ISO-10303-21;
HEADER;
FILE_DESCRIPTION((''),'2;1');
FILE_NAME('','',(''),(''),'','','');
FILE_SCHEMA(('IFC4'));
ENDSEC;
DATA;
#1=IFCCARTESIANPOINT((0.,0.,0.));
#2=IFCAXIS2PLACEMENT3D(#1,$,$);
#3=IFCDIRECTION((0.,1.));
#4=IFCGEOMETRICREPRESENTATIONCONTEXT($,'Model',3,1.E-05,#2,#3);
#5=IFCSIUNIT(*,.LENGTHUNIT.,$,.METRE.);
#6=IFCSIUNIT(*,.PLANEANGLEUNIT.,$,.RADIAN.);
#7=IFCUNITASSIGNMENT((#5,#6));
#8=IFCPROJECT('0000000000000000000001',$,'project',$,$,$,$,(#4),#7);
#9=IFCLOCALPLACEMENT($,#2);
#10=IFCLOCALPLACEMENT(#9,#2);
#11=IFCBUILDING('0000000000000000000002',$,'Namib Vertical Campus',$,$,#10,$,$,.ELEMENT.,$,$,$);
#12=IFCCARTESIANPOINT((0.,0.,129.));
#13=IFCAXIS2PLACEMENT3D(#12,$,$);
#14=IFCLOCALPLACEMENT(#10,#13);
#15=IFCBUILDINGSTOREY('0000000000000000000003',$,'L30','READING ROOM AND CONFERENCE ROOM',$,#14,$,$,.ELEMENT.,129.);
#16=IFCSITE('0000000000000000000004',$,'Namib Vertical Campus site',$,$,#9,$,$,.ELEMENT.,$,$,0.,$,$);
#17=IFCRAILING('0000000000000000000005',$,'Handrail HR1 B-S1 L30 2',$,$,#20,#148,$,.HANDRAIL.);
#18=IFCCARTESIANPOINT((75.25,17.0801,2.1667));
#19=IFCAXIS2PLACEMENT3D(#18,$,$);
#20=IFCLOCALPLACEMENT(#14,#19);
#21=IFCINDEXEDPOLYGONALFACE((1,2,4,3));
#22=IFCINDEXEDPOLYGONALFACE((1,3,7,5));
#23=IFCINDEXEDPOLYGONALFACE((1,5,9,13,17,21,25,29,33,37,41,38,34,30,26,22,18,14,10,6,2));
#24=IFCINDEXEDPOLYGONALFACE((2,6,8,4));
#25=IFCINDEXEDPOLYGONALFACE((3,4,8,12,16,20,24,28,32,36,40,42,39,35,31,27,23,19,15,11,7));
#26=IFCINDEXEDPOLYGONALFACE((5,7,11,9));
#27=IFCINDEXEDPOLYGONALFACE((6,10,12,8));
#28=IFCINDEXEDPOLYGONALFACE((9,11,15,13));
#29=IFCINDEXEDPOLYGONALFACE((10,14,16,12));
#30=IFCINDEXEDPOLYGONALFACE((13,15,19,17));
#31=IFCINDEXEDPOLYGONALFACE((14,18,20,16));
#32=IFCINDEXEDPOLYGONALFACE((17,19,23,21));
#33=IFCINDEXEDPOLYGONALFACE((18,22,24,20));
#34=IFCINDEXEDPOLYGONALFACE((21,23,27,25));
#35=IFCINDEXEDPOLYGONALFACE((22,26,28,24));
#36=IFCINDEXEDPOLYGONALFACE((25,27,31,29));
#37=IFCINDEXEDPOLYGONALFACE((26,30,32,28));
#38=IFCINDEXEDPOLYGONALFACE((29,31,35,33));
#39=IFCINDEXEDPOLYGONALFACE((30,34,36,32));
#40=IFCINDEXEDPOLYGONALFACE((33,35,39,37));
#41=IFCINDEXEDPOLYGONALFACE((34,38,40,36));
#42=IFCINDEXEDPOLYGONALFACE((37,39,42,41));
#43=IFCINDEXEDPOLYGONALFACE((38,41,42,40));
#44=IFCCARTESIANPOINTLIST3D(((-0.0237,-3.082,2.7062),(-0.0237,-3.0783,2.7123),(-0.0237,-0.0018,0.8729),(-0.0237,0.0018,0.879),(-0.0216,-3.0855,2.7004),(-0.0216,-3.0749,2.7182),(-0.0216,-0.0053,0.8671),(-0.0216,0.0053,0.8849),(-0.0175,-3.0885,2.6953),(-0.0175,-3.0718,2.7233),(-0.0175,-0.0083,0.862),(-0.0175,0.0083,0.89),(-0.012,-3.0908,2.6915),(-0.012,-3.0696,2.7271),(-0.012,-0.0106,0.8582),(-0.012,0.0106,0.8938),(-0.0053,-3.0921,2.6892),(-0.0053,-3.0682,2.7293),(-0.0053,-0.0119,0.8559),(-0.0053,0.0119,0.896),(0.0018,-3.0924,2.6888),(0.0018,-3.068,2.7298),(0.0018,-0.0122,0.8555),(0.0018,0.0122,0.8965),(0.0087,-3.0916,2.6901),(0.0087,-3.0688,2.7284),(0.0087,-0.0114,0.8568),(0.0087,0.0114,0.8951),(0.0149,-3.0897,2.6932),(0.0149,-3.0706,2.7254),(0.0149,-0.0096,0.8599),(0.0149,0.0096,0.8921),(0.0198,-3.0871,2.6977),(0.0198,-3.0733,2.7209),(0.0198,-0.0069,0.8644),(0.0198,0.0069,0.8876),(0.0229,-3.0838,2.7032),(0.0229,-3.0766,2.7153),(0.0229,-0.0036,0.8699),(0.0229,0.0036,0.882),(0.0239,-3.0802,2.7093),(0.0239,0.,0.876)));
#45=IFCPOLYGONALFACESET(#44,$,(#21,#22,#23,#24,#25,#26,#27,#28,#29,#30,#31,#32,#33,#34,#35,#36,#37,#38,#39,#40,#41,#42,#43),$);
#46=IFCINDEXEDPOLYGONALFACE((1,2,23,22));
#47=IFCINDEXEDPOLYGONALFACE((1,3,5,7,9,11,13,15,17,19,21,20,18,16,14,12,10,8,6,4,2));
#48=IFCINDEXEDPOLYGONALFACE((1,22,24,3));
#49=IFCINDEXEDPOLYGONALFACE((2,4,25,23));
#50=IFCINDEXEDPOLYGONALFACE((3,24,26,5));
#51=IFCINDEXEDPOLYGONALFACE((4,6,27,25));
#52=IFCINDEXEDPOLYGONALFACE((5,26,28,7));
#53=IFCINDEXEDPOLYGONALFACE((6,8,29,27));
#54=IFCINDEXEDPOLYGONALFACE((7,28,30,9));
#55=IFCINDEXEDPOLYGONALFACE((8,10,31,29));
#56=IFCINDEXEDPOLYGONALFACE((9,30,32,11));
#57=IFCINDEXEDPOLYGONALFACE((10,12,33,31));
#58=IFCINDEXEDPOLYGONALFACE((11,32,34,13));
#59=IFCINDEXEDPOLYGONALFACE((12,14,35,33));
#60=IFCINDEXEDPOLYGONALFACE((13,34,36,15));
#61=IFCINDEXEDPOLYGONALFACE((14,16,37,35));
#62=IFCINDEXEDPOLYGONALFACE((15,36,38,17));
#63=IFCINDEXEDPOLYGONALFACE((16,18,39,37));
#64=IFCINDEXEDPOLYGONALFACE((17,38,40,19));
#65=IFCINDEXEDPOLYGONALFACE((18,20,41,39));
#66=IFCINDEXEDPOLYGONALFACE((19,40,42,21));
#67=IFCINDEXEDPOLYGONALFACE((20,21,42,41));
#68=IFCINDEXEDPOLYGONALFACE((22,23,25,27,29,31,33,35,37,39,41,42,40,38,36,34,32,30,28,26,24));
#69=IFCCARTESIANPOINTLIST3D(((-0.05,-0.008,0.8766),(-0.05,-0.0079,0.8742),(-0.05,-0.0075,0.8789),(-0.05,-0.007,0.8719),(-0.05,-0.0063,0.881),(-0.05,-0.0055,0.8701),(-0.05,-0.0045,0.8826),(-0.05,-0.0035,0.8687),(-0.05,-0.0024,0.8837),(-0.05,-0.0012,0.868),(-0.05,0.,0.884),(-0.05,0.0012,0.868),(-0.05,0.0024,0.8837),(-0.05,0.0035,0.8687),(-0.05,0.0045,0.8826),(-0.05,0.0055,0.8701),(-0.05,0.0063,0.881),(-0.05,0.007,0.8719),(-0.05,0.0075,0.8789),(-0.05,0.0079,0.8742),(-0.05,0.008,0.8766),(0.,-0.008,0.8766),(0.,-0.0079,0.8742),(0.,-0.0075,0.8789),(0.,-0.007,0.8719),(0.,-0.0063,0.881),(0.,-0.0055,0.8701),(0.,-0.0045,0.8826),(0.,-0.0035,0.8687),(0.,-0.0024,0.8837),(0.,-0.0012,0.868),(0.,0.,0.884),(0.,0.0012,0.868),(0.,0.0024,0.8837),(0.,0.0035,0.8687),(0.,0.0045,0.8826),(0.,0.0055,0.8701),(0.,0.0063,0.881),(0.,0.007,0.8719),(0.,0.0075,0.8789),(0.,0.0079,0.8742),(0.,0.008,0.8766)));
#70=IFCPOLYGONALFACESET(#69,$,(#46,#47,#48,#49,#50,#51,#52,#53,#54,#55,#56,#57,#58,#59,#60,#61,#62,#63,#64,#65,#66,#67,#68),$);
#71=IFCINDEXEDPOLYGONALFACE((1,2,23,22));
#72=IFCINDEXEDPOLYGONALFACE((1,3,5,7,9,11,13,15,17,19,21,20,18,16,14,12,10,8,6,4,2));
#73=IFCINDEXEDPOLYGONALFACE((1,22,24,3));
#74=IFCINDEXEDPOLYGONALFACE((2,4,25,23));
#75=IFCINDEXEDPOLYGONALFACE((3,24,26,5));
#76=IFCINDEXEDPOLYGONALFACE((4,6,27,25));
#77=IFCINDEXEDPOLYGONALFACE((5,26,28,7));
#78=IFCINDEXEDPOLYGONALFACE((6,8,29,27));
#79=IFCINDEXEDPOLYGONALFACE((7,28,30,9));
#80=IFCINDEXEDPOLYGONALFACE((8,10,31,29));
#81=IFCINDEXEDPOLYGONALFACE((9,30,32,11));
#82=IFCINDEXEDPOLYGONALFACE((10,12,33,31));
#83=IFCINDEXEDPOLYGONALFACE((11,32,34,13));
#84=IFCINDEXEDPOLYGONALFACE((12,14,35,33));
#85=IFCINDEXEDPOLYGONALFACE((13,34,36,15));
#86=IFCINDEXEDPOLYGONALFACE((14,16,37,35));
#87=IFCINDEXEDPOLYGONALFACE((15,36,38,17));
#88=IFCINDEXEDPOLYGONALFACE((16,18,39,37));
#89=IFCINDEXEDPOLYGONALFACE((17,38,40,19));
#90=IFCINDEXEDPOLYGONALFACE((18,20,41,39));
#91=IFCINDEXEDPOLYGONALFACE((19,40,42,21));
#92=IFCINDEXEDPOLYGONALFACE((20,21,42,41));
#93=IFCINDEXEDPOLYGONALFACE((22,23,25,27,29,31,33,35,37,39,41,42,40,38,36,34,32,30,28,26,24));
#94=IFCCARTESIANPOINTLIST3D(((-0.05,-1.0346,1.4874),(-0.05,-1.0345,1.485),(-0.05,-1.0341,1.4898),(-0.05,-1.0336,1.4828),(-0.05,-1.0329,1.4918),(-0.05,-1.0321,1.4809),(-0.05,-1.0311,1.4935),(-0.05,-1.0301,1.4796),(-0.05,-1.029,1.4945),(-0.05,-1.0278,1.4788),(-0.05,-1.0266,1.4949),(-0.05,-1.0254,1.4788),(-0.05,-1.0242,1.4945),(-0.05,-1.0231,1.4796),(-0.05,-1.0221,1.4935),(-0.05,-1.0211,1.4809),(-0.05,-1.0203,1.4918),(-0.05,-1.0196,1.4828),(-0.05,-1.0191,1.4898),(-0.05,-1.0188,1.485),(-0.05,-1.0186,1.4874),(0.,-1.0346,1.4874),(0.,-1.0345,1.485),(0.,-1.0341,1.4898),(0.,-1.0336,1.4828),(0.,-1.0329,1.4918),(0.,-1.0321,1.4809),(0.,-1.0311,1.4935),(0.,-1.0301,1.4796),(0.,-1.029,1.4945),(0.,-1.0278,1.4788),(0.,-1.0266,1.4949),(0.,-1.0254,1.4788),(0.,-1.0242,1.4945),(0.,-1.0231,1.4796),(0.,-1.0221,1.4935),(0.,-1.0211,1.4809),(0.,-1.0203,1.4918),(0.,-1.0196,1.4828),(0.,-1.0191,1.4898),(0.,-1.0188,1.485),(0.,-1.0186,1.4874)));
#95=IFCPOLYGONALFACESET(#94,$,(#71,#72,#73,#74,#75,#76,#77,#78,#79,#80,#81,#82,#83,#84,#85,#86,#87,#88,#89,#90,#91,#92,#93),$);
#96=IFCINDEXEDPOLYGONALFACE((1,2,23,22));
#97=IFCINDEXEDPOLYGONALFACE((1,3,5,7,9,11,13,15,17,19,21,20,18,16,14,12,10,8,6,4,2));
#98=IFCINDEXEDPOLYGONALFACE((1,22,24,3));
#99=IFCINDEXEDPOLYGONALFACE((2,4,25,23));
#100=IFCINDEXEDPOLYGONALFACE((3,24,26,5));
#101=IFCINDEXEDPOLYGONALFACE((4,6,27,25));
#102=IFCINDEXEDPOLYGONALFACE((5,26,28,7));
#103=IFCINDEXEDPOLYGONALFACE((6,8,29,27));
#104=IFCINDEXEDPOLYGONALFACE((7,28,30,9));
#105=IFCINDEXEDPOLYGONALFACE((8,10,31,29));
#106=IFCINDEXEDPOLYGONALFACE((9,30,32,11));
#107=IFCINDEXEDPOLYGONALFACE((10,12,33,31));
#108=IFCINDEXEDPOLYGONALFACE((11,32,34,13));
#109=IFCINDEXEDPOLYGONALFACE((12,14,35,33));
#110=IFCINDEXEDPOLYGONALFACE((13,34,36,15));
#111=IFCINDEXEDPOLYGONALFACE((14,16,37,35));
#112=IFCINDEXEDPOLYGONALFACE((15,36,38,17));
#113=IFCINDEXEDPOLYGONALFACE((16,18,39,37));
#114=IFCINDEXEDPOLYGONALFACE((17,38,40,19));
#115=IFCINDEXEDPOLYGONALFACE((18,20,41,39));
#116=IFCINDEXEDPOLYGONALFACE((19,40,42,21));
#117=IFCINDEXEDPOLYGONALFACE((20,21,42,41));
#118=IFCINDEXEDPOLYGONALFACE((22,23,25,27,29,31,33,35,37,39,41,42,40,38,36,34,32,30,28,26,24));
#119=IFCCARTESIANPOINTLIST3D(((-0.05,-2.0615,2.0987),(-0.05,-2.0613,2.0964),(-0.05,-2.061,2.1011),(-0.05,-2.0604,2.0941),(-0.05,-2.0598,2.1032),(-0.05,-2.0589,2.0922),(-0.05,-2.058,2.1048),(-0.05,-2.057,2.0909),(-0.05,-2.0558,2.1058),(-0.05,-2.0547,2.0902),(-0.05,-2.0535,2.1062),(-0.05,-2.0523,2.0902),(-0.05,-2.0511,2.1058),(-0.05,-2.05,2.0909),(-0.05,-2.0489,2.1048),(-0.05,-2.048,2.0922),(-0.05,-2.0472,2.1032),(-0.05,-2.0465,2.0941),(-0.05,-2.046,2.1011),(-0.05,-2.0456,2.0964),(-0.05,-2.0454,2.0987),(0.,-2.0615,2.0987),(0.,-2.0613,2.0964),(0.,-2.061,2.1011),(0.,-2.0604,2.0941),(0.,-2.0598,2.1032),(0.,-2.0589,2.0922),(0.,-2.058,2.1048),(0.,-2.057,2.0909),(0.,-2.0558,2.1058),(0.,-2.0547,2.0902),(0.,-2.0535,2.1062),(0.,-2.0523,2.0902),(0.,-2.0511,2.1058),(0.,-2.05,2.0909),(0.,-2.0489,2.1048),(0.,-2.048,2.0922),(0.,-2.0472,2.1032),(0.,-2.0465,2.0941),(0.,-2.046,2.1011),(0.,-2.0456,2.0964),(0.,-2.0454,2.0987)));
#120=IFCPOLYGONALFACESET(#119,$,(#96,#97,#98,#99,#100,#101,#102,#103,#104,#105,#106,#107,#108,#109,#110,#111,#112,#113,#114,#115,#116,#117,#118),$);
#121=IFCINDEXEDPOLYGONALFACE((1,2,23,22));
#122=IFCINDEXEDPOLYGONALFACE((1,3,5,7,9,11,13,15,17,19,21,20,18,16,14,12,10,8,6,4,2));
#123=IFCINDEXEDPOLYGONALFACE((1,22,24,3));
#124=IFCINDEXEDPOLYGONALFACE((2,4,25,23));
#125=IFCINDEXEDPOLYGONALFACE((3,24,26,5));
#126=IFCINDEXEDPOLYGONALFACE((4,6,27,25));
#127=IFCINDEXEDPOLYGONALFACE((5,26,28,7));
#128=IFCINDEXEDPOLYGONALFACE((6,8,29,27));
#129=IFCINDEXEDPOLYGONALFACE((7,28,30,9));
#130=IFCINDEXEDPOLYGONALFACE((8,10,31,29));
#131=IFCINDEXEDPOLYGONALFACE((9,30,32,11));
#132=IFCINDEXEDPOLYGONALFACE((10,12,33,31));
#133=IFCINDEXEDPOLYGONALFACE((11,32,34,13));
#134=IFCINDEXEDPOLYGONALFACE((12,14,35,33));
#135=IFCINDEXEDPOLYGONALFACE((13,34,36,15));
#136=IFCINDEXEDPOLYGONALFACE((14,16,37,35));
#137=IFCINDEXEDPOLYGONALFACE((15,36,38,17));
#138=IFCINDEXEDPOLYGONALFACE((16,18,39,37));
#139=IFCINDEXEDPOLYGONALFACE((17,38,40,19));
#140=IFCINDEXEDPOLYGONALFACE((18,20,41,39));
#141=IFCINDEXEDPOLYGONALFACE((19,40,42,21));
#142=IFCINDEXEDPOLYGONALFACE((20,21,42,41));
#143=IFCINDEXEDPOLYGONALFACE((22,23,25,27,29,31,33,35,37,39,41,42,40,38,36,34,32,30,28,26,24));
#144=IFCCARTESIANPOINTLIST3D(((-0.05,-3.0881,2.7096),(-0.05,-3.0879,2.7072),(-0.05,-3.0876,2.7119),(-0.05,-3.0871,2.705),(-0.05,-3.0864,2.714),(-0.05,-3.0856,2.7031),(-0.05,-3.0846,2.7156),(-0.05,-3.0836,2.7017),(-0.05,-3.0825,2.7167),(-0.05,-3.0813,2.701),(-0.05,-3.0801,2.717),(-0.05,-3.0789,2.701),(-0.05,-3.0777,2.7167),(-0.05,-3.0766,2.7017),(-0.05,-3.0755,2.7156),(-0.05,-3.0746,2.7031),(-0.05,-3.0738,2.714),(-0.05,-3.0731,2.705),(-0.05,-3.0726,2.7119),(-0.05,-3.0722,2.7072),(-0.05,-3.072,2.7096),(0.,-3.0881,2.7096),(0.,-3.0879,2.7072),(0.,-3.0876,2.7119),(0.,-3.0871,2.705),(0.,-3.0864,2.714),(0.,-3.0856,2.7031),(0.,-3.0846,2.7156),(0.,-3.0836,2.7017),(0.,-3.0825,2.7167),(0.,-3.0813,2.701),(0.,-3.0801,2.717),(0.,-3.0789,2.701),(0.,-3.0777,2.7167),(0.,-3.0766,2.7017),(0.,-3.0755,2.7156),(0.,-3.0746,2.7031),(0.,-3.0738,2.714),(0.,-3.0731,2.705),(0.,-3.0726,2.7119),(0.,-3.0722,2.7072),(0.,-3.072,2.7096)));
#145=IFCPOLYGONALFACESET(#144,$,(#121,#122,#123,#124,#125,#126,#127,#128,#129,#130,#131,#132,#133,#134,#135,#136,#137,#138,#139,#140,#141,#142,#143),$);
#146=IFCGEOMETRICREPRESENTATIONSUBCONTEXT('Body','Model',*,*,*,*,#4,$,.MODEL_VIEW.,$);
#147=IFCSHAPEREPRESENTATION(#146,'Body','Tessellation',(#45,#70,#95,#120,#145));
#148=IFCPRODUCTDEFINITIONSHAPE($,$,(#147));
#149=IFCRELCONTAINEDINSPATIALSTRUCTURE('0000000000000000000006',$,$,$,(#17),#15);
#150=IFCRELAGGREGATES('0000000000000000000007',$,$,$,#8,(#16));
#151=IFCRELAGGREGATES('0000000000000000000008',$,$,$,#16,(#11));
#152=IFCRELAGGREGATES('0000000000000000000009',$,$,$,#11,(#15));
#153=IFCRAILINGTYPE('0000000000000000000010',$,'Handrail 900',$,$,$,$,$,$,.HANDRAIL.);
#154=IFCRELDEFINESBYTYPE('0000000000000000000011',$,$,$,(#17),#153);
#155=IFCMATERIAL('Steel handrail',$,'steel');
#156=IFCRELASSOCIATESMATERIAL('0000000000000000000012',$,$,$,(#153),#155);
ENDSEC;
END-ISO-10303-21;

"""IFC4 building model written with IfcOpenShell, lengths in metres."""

from ifc_helpers import new_model, si_unit, direction, frame, origin, origin_2d, place, context, subcontext, project, spatial, circle, extrude, material, type_object, element, save


model = new_model("IFC4")

# Units and contexts
model_context = context("Model", 3, precision=1e-05, world=origin(), true_north=direction((0.0, 1.0)))
body_context = subcontext(model_context, "Body", "Model", "MODEL_VIEW")
ifc_project = project(units=[si_unit("LENGTHUNIT", "METRE"), si_unit("PLANEANGLEUNIT", "RADIAN")], contexts=[model_context])

# Site, building, storey
site_placement = place(None, origin())
site = spatial("IfcSite", under=ifc_project, at=site_placement, Name="Namib Vertical Campus site", CompositionType="ELEMENT", RefElevation=0.0)
building_placement = place(site_placement, origin())
building = spatial("IfcBuilding", under=site, at=building_placement, Name="Namib Vertical Campus", CompositionType="ELEMENT")
storey_placement = place(building_placement, frame((0.0, 0.0, 129.0)))
storey = spatial("IfcBuildingStorey", under=building, at=storey_placement, Name="L30", Description="READING ROOM AND CONFERENCE ROOM", CompositionType="ELEMENT", Elevation=129.0)

# Railing
ifc_material_1 = material(Name="Steel handrail", Category="steel")
railing_type_1 = type_object("IfcRailingType", Name="Handrail 900", PredefinedType="HANDRAIL", material=ifc_material_1)
railing_1_placement = place(storey_placement, frame((75.25, 17.0801, 2.1667)))
element("IfcRailing", 1, at=railing_1_placement, inside=storey, type_object=railing_type_1, Name="Handrail HR1 B-S1 L30 2", PredefinedType="HANDRAIL", context=body_context, shape_type="SweptSolid", body=[
    extrude(circle(Radius=0.0239, at=origin_2d()), frame((0.0, 0.0, 0.876), z_axis=(0.0, -0.859309, 0.511458), x_axis=(1.0, 0.0, 0.0)), (0.0, 0.0, 1.0), 3.5845),
    extrude(circle(Radius=0.0081, at=origin_2d()), frame((0.0, 0.0, 0.876), z_axis=(-1.0, 0.0, 0.0), x_axis=(0.0, 0.0, 1.0)), (0.0, 0.0, 1.0), 0.05),
    extrude(circle(Radius=0.0081, at=origin_2d()), frame((0.0, -1.0266, 1.4868), z_axis=(-1.0, 0.0, 0.0), x_axis=(0.0, 0.0, 1.0)), (0.0, 0.0, 1.0), 0.05),
    extrude(circle(Radius=0.0081, at=origin_2d()), frame((0.0, -2.0535, 2.0981), z_axis=(-1.0, 0.0, 0.0), x_axis=(0.0, 0.0, 1.0)), (0.0, 0.0, 1.0), 0.05),
    extrude(circle(Radius=0.0081, at=origin_2d()), frame((0.0, -3.0801, 2.709), z_axis=(-1.0, 0.0, 0.0), x_axis=(0.0, 0.0, 1.0)), (0.0, 0.0, 1.0), 0.05),
])

save(model, "model.ifc")
